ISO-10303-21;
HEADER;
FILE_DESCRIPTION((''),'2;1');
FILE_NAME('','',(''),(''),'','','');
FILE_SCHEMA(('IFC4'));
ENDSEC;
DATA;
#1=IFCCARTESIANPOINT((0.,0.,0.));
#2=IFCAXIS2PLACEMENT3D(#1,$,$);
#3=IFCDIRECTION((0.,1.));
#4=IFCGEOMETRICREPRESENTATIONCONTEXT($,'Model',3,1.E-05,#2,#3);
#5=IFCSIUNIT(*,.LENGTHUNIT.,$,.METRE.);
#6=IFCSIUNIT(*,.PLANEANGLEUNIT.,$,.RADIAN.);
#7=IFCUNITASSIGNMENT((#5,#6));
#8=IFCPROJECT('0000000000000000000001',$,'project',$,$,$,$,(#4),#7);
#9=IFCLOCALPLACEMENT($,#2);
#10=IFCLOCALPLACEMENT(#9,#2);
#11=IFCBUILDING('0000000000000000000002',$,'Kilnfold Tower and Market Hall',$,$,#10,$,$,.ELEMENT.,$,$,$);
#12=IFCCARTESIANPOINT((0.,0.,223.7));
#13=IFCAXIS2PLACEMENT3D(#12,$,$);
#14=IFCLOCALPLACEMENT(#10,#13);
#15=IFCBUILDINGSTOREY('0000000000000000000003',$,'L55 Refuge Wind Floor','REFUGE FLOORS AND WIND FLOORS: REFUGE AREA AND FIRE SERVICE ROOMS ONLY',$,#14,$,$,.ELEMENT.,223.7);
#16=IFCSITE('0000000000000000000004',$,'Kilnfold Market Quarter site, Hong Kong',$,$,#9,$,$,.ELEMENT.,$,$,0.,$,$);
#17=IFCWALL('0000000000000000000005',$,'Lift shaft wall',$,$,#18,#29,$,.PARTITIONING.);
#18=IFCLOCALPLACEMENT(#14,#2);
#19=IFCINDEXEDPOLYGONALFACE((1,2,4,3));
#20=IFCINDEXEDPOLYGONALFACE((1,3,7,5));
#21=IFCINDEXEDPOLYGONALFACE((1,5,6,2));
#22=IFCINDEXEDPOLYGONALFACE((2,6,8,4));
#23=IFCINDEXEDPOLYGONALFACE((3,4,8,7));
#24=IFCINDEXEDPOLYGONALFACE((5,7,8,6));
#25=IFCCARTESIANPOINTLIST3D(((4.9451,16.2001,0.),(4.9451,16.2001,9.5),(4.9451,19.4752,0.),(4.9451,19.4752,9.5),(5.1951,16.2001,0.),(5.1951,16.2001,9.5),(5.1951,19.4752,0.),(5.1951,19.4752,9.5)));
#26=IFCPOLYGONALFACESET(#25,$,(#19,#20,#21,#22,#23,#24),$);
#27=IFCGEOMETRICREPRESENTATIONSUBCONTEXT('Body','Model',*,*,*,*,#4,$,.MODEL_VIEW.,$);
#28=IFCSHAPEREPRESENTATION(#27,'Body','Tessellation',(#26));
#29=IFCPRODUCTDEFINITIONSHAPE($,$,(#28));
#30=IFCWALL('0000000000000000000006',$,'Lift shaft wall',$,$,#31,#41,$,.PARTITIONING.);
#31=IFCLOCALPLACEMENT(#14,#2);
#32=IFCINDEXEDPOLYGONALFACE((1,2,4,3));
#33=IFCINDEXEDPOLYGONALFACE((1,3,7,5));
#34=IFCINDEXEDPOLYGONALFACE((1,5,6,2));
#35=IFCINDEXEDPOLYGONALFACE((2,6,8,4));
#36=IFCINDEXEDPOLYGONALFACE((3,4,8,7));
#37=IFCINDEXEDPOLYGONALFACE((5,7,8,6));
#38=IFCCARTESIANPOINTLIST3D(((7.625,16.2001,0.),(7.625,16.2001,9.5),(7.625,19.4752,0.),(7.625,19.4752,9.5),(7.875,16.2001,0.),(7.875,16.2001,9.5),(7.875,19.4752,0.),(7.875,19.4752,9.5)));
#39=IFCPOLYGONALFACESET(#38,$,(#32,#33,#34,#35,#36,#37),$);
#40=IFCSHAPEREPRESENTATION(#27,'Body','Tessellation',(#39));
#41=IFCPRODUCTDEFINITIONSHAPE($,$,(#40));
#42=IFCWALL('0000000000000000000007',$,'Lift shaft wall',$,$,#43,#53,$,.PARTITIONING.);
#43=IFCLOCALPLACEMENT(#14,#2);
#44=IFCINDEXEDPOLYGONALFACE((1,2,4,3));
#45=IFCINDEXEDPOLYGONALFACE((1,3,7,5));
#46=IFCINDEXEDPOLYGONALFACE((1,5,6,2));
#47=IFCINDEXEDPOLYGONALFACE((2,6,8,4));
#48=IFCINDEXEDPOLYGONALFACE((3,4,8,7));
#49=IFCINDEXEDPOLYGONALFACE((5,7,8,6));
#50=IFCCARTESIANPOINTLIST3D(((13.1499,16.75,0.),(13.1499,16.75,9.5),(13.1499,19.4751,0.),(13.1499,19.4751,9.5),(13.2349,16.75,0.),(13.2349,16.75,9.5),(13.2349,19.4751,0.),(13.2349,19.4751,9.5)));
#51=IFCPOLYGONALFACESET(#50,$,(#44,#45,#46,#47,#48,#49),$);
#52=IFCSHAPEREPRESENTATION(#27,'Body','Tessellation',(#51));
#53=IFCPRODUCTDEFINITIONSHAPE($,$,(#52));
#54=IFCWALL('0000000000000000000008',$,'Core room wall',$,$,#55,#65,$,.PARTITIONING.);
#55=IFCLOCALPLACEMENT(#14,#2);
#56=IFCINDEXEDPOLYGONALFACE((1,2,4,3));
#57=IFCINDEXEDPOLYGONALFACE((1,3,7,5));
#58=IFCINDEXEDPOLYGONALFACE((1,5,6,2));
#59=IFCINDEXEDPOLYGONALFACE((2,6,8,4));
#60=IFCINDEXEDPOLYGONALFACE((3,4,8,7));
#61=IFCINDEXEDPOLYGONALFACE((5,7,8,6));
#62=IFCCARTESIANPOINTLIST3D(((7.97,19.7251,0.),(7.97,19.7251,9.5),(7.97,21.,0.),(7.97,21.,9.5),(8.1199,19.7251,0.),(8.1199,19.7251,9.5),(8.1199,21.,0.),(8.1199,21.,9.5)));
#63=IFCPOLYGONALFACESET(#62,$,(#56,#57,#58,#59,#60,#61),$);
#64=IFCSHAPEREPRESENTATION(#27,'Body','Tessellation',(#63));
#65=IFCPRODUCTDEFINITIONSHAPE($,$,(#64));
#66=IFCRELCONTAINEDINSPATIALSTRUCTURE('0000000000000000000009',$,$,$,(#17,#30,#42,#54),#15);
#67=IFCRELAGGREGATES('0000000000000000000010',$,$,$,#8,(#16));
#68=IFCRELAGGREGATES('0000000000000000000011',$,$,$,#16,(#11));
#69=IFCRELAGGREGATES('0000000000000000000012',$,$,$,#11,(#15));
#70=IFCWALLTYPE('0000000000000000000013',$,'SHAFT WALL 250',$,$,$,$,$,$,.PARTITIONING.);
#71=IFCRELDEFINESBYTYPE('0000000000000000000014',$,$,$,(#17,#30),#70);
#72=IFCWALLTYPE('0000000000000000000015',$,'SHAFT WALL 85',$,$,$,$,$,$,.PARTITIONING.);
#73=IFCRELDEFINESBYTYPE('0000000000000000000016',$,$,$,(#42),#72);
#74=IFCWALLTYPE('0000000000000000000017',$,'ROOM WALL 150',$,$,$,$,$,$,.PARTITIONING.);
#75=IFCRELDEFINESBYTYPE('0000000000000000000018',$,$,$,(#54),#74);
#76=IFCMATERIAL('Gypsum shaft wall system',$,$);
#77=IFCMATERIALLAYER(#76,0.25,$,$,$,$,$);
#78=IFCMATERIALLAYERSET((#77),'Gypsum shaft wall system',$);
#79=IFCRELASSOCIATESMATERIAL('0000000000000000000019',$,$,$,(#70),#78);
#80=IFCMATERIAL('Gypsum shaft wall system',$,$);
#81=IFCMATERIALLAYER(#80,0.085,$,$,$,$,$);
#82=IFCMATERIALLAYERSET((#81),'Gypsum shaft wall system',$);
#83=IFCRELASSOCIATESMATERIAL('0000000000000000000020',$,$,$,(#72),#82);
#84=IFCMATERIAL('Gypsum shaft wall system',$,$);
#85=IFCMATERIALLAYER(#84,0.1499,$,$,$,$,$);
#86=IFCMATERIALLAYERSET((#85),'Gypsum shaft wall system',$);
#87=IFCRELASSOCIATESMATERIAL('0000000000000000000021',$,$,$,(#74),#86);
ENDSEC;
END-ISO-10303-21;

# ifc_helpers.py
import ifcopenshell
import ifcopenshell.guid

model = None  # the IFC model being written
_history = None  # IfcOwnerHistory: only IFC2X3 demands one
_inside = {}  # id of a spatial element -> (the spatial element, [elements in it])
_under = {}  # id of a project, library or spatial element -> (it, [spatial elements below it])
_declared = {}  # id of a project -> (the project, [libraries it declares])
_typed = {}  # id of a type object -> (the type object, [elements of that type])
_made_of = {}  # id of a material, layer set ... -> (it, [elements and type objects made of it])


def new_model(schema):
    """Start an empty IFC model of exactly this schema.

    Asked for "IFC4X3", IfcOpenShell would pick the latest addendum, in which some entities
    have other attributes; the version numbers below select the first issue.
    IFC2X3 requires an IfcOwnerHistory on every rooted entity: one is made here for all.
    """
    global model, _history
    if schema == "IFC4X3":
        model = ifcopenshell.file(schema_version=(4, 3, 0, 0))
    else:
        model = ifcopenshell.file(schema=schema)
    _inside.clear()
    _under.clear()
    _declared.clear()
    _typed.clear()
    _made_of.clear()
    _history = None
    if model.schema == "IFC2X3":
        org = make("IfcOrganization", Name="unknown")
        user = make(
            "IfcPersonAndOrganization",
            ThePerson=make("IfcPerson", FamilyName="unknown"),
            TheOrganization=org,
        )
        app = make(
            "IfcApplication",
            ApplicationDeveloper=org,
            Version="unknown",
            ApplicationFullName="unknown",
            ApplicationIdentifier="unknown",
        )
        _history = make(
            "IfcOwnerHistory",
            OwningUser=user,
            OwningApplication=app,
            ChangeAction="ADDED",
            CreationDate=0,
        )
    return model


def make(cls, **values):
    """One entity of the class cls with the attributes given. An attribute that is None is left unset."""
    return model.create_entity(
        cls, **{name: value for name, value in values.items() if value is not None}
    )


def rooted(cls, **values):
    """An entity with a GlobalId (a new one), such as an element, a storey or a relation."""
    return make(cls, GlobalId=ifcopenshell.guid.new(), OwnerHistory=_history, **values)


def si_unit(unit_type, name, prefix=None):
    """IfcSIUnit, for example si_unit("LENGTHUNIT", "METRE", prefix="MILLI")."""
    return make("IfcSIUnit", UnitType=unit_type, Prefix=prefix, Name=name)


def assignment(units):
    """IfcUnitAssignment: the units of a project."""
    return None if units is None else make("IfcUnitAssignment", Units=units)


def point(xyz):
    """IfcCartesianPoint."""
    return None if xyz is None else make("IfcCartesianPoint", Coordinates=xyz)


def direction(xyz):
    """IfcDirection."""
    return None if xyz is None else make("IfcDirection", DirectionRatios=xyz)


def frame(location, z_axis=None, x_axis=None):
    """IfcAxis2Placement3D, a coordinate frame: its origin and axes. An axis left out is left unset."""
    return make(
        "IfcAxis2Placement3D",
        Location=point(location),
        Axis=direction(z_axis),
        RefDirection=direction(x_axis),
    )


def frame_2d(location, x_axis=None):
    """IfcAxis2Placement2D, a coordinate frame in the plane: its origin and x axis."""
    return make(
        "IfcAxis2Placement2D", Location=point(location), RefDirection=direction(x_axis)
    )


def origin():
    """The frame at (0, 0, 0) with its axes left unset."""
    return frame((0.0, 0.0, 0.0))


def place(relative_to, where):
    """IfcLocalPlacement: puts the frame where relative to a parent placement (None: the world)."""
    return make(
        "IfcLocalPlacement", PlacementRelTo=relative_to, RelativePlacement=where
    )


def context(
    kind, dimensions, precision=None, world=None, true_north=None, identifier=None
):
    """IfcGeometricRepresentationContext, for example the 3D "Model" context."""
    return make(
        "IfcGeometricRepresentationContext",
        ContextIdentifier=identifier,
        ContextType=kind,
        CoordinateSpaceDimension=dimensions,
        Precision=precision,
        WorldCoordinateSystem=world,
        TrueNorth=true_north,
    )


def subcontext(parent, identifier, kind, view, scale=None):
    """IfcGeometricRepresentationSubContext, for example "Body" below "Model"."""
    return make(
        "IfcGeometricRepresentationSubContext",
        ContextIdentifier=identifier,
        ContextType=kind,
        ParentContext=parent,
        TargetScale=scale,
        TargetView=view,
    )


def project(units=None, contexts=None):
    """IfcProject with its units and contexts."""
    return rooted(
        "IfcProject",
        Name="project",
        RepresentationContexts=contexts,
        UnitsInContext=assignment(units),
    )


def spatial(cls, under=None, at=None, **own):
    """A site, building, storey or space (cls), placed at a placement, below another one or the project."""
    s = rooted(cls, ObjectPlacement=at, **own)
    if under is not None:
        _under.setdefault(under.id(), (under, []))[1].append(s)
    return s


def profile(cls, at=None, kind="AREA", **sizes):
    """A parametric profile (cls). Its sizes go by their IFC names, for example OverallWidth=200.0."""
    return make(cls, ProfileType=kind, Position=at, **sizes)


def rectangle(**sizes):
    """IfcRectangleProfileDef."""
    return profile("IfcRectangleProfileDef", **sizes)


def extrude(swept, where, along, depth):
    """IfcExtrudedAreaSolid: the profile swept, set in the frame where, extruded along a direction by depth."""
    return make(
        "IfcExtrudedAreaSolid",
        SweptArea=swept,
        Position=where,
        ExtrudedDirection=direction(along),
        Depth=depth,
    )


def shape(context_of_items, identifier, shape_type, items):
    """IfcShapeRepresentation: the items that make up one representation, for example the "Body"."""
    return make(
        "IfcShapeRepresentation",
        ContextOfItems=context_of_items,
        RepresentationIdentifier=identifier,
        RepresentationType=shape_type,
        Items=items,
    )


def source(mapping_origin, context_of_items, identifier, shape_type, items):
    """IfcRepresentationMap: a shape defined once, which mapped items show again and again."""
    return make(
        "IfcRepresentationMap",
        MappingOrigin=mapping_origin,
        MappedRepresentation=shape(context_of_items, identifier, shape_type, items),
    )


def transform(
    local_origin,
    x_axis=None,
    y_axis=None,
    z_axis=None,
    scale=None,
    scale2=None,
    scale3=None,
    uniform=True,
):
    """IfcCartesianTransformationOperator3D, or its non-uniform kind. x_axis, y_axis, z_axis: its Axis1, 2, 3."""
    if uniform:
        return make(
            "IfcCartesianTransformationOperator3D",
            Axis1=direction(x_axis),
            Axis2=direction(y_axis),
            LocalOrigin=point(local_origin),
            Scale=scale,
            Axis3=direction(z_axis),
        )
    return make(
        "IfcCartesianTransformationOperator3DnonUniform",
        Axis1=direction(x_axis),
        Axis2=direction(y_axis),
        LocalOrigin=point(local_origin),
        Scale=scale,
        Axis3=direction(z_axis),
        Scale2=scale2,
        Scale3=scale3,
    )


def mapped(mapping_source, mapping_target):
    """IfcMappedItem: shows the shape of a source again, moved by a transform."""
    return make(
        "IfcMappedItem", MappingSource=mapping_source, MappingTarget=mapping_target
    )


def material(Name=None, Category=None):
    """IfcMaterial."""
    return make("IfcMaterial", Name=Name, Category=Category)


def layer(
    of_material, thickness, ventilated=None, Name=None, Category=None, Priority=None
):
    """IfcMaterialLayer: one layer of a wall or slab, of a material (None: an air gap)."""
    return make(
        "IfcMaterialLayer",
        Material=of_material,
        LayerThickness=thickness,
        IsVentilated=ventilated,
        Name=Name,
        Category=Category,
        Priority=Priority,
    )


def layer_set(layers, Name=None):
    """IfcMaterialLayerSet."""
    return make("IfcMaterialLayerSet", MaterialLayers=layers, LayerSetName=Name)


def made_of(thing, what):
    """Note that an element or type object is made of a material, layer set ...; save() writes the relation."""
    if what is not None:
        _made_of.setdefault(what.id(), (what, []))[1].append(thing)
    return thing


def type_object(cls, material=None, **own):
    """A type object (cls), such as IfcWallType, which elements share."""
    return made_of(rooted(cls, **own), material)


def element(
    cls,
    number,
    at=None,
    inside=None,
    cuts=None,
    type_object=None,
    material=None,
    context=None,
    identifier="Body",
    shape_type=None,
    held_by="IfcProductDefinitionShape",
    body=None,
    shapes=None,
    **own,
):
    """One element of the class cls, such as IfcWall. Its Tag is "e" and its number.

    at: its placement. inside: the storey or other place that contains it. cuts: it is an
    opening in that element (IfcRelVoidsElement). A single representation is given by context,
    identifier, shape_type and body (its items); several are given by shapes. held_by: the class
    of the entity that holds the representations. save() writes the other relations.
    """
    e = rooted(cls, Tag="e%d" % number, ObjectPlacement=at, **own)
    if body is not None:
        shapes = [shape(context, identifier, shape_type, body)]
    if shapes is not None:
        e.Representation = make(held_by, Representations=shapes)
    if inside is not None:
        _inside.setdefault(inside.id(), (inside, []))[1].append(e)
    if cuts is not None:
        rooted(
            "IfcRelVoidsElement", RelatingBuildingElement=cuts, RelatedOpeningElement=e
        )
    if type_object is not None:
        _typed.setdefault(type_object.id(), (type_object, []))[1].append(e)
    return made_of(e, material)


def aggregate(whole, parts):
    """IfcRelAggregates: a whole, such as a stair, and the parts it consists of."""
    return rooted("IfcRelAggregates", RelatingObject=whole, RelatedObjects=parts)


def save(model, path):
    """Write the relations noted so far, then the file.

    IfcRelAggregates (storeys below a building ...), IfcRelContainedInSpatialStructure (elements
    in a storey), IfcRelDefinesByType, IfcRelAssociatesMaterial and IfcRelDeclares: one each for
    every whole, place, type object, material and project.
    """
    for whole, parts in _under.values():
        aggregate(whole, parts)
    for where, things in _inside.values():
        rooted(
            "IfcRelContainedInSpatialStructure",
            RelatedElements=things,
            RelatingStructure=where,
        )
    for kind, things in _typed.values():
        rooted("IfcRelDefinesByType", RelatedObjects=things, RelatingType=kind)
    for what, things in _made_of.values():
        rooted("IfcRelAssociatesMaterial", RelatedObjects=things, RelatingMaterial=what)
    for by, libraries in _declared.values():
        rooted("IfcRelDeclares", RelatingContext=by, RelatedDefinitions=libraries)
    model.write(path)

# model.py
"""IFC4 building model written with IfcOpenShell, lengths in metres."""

from ifc_helpers import new_model, si_unit, direction, frame, frame_2d, origin, place, context, subcontext, project, spatial, rectangle, extrude, source, transform, mapped, material, layer, layer_set, type_object, element, save


model = new_model("IFC4")

# Units and contexts
model_context = context("Model", 3, precision=1e-05, world=origin(), true_north=direction((0.0, 1.0)))
body_context = subcontext(model_context, "Body", "Model", "MODEL_VIEW")
ifc_project = project(units=[si_unit("LENGTHUNIT", "METRE"), si_unit("PLANEANGLEUNIT", "RADIAN")], contexts=[model_context])

# Site, building, storey
site_placement = place(None, origin())
site = spatial("IfcSite", under=ifc_project, at=site_placement, Name="Kilnfold Market Quarter site, Hong Kong", CompositionType="ELEMENT", RefElevation=0.0)
building_placement = place(site_placement, origin())
building = spatial("IfcBuilding", under=site, at=building_placement, Name="Kilnfold Tower and Market Hall", CompositionType="ELEMENT")
storey_placement = place(building_placement, frame((0.0, 0.0, 223.7)))
storey = spatial("IfcBuildingStorey", under=building, at=storey_placement, Name="L55 Refuge Wind Floor", Description="REFUGE FLOORS AND WIND FLOORS: REFUGE AREA AND FIRE SERVICE ROOMS ONLY", CompositionType="ELEMENT", Elevation=223.7)

# Walls
ifc_material_1 = material(Name="Gypsum shaft wall system")
ifc_layer_1 = layer(ifc_material_1, 0.25)
ifc_layer_set_1 = layer_set([ifc_layer_1], Name="Gypsum shaft wall system")
wall_type_1 = type_object("IfcWallType", Name="SHAFT WALL 250", PredefinedType="PARTITIONING", material=ifc_layer_set_1)
shared_shape_1 = source(origin(), body_context, "Body", "SweptSolid", [
    extrude(rectangle(XDim=3.2751, YDim=0.25, at=frame_2d((1.6377, 0.0))), origin(), (0.0, 0.0, 1.0), 9.5),
])
for number, where, z_axis, x_axis, name in (
    (1, (5.0701, 16.2, 0.0), (0.0, 0.0, 1.0), (0.0, 1.0, 0.0), "Lift shaft wall"),
    (2, (7.75, 16.2, 0.0), (0.0, 0.0, 1.0), (0.0, 1.0, 0.0), "Lift shaft wall"),
):
    element("IfcWall", number, at=place(storey_placement, frame(where, z_axis=z_axis, x_axis=x_axis)), inside=storey, type_object=wall_type_1, Name=name, PredefinedType="PARTITIONING", context=body_context, shape_type="MappedRepresentation", body=[
        mapped(shared_shape_1, transform((0.0, 0.0, 0.0))),
    ])
ifc_material_2 = material(Name="Gypsum shaft wall system")
ifc_layer_2 = layer(ifc_material_2, 0.085)
ifc_layer_set_2 = layer_set([ifc_layer_2], Name="Gypsum shaft wall system")
wall_type_2 = type_object("IfcWallType", Name="SHAFT WALL 85", PredefinedType="PARTITIONING", material=ifc_layer_set_2)
shared_shape_2 = source(origin(), body_context, "Body", "SweptSolid", [
    extrude(rectangle(XDim=2.7251, YDim=0.085, at=frame_2d((1.3625, 0.0))), origin(), (0.0, 0.0, 1.0), 9.5),
])
wall_1_placement = place(storey_placement, frame((13.1924, 16.75, 0.0), z_axis=(0.0, 0.0, 1.0), x_axis=(0.0, 1.0, 0.0)))
element("IfcWall", 3, at=wall_1_placement, inside=storey, type_object=wall_type_2, Name="Lift shaft wall", PredefinedType="PARTITIONING", context=body_context, shape_type="MappedRepresentation", body=[
    mapped(shared_shape_2, transform((0.0, 0.0, 0.0))),
])
ifc_material_3 = material(Name="Gypsum shaft wall system")
ifc_layer_3 = layer(ifc_material_3, 0.1499)
ifc_layer_set_3 = layer_set([ifc_layer_3], Name="Gypsum shaft wall system")
wall_type_3 = type_object("IfcWallType", Name="ROOM WALL 150", PredefinedType="PARTITIONING", material=ifc_layer_set_3)
shared_shape_3 = source(origin(), body_context, "Body", "SweptSolid", [
    extrude(rectangle(XDim=1.2749, YDim=0.1499, at=frame_2d((0.6375, 0.0))), origin(), (0.0, 0.0, 1.0), 9.5),
])
wall_2_placement = place(storey_placement, frame((8.0449, 19.7251, 0.0), z_axis=(0.0, 0.0, 1.0), x_axis=(0.0, 1.0, 0.0)))
element("IfcWall", 4, at=wall_2_placement, inside=storey, type_object=wall_type_3, Name="Core room wall", PredefinedType="PARTITIONING", context=body_context, shape_type="MappedRepresentation", body=[
    mapped(shared_shape_3, transform((0.0, 0.0, 0.0))),
])

save(model, "model.ifc")
